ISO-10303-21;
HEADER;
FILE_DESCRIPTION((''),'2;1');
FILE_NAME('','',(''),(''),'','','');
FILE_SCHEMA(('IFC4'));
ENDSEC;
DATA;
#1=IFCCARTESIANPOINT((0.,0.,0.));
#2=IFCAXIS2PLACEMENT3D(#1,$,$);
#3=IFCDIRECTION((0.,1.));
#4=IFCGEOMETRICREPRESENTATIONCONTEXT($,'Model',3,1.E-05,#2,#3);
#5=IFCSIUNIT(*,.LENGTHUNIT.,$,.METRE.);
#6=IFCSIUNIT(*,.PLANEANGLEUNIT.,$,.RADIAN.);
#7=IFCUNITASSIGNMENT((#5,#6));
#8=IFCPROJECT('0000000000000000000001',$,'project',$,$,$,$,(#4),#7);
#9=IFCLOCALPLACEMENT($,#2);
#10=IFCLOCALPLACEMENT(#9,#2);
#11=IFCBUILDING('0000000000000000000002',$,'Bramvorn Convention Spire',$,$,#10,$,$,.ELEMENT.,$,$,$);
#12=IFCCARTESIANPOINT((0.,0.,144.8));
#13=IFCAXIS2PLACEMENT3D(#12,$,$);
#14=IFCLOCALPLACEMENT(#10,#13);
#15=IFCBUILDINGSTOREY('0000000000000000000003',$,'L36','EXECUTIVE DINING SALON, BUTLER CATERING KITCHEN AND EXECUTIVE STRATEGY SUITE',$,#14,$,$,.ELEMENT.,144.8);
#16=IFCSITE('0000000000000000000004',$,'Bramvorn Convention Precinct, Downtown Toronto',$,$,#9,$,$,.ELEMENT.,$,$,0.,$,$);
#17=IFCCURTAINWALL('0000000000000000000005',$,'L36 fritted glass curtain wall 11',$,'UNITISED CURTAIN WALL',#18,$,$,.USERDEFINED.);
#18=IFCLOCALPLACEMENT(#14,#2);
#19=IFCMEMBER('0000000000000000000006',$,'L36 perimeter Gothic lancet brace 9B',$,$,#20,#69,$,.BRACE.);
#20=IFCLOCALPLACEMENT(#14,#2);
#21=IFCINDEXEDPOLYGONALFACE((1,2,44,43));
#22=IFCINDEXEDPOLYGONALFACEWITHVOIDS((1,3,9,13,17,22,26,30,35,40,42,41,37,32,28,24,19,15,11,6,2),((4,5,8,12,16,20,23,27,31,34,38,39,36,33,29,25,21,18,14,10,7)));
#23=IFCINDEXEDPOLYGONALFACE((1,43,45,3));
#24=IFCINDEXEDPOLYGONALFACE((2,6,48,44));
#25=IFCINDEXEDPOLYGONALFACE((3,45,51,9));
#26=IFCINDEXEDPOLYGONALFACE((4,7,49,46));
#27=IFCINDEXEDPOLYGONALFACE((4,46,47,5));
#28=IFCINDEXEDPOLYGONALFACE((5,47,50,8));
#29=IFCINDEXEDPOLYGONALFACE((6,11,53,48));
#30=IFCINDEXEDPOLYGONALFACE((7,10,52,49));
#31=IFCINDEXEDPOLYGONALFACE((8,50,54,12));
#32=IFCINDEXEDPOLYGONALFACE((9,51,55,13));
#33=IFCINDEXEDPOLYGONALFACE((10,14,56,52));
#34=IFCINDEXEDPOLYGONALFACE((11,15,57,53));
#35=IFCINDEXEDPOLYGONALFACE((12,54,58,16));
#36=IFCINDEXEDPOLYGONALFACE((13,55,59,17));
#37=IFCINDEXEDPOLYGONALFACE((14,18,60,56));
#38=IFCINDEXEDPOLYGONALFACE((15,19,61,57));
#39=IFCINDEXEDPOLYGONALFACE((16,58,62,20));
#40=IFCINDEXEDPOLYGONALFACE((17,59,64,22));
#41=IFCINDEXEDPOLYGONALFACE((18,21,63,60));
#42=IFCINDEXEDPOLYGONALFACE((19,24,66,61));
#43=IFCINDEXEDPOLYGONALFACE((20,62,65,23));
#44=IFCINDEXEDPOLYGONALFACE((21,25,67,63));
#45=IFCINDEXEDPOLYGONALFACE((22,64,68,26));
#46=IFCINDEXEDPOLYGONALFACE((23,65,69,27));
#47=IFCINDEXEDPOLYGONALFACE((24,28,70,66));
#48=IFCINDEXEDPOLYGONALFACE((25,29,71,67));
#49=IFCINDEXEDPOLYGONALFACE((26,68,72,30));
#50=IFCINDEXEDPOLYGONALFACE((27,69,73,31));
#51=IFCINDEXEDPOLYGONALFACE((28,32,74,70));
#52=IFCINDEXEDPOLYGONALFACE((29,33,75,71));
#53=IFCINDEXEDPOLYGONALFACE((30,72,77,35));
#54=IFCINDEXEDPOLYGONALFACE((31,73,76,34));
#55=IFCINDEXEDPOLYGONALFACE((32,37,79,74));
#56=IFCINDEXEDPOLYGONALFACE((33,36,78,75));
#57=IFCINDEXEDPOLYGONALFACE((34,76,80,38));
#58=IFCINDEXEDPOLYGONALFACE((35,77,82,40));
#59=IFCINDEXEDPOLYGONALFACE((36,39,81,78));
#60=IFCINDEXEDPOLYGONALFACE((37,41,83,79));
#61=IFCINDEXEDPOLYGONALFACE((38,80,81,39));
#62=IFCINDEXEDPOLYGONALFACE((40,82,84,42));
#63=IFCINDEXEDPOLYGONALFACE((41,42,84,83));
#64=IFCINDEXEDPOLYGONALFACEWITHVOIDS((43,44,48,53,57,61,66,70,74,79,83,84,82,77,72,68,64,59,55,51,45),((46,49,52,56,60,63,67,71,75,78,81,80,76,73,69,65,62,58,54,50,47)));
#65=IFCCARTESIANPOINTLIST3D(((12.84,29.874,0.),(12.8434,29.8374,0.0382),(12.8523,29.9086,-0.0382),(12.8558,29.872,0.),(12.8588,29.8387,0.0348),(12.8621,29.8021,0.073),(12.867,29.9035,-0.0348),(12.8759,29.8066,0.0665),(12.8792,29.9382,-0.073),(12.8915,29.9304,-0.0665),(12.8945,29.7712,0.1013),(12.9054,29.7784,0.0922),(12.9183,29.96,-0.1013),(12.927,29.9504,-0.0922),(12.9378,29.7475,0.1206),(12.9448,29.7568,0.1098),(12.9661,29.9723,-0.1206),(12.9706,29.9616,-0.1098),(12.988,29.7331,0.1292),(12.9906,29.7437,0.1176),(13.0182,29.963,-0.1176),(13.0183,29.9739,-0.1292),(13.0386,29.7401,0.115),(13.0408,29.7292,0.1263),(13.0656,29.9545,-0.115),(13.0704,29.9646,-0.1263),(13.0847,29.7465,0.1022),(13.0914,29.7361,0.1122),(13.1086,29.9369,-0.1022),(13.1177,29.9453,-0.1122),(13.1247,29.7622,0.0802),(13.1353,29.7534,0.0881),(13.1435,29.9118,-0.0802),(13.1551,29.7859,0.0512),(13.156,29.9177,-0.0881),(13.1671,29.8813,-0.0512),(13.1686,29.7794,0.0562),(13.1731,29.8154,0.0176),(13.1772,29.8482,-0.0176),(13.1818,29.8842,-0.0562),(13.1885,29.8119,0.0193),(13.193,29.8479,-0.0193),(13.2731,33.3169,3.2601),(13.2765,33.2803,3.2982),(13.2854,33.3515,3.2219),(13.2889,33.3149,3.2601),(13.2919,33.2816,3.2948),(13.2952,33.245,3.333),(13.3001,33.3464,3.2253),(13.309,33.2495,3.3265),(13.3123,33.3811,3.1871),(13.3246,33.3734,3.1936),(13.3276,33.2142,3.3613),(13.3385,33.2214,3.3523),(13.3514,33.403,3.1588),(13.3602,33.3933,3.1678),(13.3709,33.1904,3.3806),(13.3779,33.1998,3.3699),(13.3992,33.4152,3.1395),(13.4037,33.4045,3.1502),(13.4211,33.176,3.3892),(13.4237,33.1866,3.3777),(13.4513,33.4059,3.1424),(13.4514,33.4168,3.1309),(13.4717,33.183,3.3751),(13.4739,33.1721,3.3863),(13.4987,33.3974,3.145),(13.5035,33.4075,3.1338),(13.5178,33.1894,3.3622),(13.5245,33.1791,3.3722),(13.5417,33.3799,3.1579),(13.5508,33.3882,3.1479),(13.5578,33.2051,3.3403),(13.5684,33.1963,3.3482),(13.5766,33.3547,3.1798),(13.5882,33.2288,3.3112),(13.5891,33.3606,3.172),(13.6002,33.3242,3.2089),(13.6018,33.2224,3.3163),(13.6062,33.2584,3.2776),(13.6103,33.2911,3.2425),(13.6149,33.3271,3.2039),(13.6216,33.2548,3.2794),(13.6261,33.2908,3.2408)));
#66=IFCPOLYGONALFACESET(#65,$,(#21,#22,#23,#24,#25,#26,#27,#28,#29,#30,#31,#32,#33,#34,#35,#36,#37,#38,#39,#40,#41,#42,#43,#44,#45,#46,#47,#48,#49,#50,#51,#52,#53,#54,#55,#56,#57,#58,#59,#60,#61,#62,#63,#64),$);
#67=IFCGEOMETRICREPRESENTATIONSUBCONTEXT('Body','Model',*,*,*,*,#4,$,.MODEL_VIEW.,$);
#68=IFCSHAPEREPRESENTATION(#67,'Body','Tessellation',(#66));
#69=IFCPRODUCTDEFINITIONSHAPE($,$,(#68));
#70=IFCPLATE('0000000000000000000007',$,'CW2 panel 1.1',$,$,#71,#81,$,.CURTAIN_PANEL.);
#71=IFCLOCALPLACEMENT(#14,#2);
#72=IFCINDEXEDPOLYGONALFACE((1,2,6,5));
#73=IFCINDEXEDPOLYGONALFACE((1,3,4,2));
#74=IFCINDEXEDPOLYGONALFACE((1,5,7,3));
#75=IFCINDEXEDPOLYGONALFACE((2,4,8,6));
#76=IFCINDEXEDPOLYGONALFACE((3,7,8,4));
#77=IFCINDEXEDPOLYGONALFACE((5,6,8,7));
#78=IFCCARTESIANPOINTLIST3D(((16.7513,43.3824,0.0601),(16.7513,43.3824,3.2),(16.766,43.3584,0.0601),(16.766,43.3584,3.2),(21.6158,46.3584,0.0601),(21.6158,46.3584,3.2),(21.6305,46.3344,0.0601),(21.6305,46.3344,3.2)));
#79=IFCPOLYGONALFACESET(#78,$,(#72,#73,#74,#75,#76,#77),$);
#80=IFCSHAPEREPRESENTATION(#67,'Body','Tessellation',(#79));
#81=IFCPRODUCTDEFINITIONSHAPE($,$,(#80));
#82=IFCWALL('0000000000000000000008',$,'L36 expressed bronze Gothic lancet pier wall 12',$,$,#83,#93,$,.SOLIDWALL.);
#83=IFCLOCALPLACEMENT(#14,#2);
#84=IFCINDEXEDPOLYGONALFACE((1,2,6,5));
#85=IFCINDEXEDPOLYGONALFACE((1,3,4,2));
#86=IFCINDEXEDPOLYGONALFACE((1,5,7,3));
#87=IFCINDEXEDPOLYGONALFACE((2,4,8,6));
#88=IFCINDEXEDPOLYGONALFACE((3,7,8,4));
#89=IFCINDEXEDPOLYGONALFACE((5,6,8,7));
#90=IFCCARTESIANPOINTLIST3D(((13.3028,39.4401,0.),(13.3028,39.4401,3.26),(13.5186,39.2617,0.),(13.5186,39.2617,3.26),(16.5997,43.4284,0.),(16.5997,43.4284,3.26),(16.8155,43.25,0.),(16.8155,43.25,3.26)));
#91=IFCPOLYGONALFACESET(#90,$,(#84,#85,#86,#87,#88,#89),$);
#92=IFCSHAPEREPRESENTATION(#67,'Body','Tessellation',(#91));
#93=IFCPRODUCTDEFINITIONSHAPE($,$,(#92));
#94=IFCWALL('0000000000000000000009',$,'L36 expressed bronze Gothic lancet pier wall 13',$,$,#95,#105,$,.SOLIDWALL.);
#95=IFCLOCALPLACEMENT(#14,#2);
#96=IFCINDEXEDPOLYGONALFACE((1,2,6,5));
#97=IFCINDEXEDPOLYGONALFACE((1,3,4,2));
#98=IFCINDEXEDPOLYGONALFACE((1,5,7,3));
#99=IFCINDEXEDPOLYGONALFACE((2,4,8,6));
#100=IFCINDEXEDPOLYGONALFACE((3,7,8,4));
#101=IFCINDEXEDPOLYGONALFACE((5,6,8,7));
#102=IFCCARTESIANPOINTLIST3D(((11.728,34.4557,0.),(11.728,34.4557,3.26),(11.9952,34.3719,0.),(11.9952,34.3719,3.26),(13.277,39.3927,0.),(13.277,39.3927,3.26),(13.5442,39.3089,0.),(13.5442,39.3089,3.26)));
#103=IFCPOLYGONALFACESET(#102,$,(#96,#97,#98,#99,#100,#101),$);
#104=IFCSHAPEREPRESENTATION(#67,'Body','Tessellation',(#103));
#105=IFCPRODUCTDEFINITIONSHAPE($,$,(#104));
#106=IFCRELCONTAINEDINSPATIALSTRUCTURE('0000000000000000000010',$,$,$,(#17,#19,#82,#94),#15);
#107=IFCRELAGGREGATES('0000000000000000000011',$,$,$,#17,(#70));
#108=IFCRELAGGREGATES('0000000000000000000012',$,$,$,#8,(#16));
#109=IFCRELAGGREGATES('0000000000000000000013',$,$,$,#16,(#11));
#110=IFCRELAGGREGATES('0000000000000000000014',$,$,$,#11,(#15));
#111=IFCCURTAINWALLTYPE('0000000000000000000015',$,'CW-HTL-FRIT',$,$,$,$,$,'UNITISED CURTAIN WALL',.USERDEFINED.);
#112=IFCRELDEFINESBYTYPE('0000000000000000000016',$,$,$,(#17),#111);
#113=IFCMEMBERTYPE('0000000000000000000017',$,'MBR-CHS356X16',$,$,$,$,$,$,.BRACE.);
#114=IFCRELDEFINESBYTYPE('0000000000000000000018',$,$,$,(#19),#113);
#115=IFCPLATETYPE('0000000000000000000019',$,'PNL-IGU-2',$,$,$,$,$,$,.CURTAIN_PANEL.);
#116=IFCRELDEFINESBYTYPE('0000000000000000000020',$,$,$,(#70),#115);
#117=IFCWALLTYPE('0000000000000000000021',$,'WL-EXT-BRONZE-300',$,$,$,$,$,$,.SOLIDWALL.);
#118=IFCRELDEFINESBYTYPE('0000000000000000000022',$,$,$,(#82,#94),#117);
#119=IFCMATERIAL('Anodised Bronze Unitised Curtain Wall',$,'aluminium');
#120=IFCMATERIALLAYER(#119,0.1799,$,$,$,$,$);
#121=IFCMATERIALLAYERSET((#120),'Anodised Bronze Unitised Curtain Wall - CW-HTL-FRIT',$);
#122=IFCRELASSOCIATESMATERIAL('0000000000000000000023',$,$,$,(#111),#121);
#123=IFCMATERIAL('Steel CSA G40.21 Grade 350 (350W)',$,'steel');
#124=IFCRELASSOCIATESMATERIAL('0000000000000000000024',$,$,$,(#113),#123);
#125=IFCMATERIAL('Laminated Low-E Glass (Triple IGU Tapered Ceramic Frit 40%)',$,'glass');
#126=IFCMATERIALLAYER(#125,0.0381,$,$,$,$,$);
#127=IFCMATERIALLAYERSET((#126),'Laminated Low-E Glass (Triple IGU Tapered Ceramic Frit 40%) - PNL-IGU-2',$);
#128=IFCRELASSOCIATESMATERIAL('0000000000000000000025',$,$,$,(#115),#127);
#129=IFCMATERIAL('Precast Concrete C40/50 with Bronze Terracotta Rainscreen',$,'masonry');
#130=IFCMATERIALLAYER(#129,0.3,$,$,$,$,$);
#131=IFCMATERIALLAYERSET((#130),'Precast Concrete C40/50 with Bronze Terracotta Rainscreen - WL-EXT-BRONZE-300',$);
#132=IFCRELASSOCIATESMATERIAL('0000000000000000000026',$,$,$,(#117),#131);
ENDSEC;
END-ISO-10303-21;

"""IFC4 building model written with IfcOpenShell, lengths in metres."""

from ifc_helpers import new_model, si_unit, direction, frame, frame_2d, origin, origin_2d, place, context, subcontext, project, spatial, rectangle, hollow_circle, extrude, material, layer, layer_set, material_profile, profile_set, type_object, element, aggregate, save


model = new_model("IFC4")

# Units and contexts
model_context = context("Model", 3, precision=1e-05, world=origin(), true_north=direction((0.0, 1.0)))
body_context = subcontext(model_context, "Body", "Model", "MODEL_VIEW")
ifc_project = project(units=[si_unit("LENGTHUNIT", "METRE"), si_unit("PLANEANGLEUNIT", "RADIAN")], contexts=[model_context])

# Site, building, storey
site_placement = place(None, origin())
site = spatial("IfcSite", under=ifc_project, at=site_placement, Name="Bramvorn Convention Precinct, Downtown Toronto", CompositionType="ELEMENT", RefElevation=0.0)
building_placement = place(site_placement, origin())
building = spatial("IfcBuilding", under=site, at=building_placement, Name="Bramvorn Convention Spire", CompositionType="ELEMENT")
storey_placement = place(building_placement, frame((0.0, 0.0, 144.8)))
storey = spatial("IfcBuildingStorey", under=building, at=storey_placement, Name="L36", Description="EXECUTIVE DINING SALON, BUTLER CATERING KITCHEN AND EXECUTIVE STRATEGY SUITE", CompositionType="ELEMENT", Elevation=144.8)

# Shared definitions
ifc_material_1 = material(Name="Steel CSA G40.21 Grade 350 (350W)", Category="steel")

# Curtain wall
ifc_material_2 = material(Name="Anodised Bronze Unitised Curtain Wall", Category="aluminium")
ifc_layer_1 = layer(ifc_material_2, 0.1799)
ifc_layer_set_1 = layer_set([ifc_layer_1], Name="Anodised Bronze Unitised Curtain Wall - CW-HTL-FRIT")
curtain_wall_type = type_object("IfcCurtainWallType", Name="CW-HTL-FRIT", ElementType="UNITISED CURTAIN WALL", PredefinedType="USERDEFINED", material=ifc_layer_set_1)
curtain_wall_placement = place(storey_placement, origin())
curtain_wall = element("IfcCurtainWall", 1, at=curtain_wall_placement, inside=storey, type_object=curtain_wall_type, Name="L36 fritted glass curtain wall 11", ObjectType="UNITISED CURTAIN WALL", PredefinedType="USERDEFINED")

# Member
ifc_material_profile_1 = material_profile(ifc_material_1, hollow_circle(Radius=0.1777, WallThickness=0.0159, at=origin_2d()))
ifc_profile_set_1 = profile_set([ifc_material_profile_1], Name="Steel CSA G40.21 Grade 350 (350W) - CHS356X16")
member_type_1 = type_object("IfcMemberType", Name="MBR-CHS356X16", PredefinedType="BRACE", material=ifc_profile_set_1)
for number, where, z_axis, x_axis, name in (
    (2, (13.0164, 29.8518, 0.0), (0.090966, 0.723117, 0.68471), (-0.99218, 0.124814, 0.0), "L36 perimeter Gothic lancet brace 9B"),
):
    element("IfcMember", number, at=place(storey_placement, frame(where, z_axis=z_axis, x_axis=x_axis)), inside=storey, type_object=member_type_1, Name=name, PredefinedType="BRACE", context=body_context, shape_type="SweptSolid", body=[
        extrude(hollow_circle(Radius=0.1777, WallThickness=0.0159, at=origin_2d()), origin(), (0.0, 0.0, 1.0), 4.7612),
    ])

# Plate
ifc_material_3 = material(Name="Laminated Low-E Glass (Triple IGU Tapered Ceramic Frit 40%)", Category="glass")
ifc_layer_2 = layer(ifc_material_3, 0.0381)
ifc_layer_set_2 = layer_set([ifc_layer_2], Name="Laminated Low-E Glass (Triple IGU Tapered Ceramic Frit 40%) - PNL-IGU-2")
plate_type = type_object("IfcPlateType", Name="PNL-IGU-2", PredefinedType="CURTAIN_PANEL", material=ifc_layer_set_2)
plate_placement = place(storey_placement, frame((19.1909, 44.8584, 0.0601), z_axis=(0.0, 0.0, 1.0), x_axis=(0.853024, 0.521872, 0.0)))
plate = element("IfcPlate", 3, at=plate_placement, type_object=plate_type, Name="CW2 panel 1.1", PredefinedType="CURTAIN_PANEL", context=body_context, shape_type="SweptSolid", body=[
    extrude(rectangle(XDim=5.7026, YDim=0.0281, at=origin_2d()), origin(), (0.0, 0.0, 1.0), 3.1399),
])
aggregate(curtain_wall, [plate])

# Walls
ifc_material_4 = material(Name="Precast Concrete C40/50 with Bronze Terracotta Rainscreen", Category="masonry")
ifc_layer_3 = layer(ifc_material_4, 0.3)
ifc_layer_set_3 = layer_set([ifc_layer_3], Name="Precast Concrete C40/50 with Bronze Terracotta Rainscreen - WL-EXT-BRONZE-300")
wall_type = type_object("IfcWallType", Name="WL-EXT-BRONZE-300", PredefinedType="SOLIDWALL", material=ifc_layer_set_3)
wall_1_placement = place(storey_placement, frame((13.4106, 39.3508, 0.0), z_axis=(0.0, 0.0, 1.0), x_axis=(0.637135, 0.770752, 0.0)))
element("IfcWall", 4, at=wall_1_placement, inside=storey, type_object=wall_type, Name="L36 expressed bronze Gothic lancet pier wall 12", PredefinedType="SOLIDWALL", context=body_context, shape_type="SweptSolid", body=[
    extrude(rectangle(XDim=5.1746, YDim=0.28, at=frame_2d((2.5874, 0.0))), origin(), (0.0, 0.0, 1.0), 3.26),
])
wall_2_placement = place(storey_placement, frame((11.8616, 34.4138, 0.0), z_axis=(0.0, 0.0, 1.0), x_axis=(0.299376, 0.954135, 0.0)))
element("IfcWall", 5, at=wall_2_placement, inside=storey, type_object=wall_type, Name="L36 expressed bronze Gothic lancet pier wall 13", PredefinedType="SOLIDWALL", context=body_context, shape_type="SweptSolid", body=[
    extrude(rectangle(XDim=5.1743, YDim=0.28, at=frame_2d((2.5872, 0.0))), origin(), (0.0, 0.0, 1.0), 3.26),
])

save(model, "model.ifc")
